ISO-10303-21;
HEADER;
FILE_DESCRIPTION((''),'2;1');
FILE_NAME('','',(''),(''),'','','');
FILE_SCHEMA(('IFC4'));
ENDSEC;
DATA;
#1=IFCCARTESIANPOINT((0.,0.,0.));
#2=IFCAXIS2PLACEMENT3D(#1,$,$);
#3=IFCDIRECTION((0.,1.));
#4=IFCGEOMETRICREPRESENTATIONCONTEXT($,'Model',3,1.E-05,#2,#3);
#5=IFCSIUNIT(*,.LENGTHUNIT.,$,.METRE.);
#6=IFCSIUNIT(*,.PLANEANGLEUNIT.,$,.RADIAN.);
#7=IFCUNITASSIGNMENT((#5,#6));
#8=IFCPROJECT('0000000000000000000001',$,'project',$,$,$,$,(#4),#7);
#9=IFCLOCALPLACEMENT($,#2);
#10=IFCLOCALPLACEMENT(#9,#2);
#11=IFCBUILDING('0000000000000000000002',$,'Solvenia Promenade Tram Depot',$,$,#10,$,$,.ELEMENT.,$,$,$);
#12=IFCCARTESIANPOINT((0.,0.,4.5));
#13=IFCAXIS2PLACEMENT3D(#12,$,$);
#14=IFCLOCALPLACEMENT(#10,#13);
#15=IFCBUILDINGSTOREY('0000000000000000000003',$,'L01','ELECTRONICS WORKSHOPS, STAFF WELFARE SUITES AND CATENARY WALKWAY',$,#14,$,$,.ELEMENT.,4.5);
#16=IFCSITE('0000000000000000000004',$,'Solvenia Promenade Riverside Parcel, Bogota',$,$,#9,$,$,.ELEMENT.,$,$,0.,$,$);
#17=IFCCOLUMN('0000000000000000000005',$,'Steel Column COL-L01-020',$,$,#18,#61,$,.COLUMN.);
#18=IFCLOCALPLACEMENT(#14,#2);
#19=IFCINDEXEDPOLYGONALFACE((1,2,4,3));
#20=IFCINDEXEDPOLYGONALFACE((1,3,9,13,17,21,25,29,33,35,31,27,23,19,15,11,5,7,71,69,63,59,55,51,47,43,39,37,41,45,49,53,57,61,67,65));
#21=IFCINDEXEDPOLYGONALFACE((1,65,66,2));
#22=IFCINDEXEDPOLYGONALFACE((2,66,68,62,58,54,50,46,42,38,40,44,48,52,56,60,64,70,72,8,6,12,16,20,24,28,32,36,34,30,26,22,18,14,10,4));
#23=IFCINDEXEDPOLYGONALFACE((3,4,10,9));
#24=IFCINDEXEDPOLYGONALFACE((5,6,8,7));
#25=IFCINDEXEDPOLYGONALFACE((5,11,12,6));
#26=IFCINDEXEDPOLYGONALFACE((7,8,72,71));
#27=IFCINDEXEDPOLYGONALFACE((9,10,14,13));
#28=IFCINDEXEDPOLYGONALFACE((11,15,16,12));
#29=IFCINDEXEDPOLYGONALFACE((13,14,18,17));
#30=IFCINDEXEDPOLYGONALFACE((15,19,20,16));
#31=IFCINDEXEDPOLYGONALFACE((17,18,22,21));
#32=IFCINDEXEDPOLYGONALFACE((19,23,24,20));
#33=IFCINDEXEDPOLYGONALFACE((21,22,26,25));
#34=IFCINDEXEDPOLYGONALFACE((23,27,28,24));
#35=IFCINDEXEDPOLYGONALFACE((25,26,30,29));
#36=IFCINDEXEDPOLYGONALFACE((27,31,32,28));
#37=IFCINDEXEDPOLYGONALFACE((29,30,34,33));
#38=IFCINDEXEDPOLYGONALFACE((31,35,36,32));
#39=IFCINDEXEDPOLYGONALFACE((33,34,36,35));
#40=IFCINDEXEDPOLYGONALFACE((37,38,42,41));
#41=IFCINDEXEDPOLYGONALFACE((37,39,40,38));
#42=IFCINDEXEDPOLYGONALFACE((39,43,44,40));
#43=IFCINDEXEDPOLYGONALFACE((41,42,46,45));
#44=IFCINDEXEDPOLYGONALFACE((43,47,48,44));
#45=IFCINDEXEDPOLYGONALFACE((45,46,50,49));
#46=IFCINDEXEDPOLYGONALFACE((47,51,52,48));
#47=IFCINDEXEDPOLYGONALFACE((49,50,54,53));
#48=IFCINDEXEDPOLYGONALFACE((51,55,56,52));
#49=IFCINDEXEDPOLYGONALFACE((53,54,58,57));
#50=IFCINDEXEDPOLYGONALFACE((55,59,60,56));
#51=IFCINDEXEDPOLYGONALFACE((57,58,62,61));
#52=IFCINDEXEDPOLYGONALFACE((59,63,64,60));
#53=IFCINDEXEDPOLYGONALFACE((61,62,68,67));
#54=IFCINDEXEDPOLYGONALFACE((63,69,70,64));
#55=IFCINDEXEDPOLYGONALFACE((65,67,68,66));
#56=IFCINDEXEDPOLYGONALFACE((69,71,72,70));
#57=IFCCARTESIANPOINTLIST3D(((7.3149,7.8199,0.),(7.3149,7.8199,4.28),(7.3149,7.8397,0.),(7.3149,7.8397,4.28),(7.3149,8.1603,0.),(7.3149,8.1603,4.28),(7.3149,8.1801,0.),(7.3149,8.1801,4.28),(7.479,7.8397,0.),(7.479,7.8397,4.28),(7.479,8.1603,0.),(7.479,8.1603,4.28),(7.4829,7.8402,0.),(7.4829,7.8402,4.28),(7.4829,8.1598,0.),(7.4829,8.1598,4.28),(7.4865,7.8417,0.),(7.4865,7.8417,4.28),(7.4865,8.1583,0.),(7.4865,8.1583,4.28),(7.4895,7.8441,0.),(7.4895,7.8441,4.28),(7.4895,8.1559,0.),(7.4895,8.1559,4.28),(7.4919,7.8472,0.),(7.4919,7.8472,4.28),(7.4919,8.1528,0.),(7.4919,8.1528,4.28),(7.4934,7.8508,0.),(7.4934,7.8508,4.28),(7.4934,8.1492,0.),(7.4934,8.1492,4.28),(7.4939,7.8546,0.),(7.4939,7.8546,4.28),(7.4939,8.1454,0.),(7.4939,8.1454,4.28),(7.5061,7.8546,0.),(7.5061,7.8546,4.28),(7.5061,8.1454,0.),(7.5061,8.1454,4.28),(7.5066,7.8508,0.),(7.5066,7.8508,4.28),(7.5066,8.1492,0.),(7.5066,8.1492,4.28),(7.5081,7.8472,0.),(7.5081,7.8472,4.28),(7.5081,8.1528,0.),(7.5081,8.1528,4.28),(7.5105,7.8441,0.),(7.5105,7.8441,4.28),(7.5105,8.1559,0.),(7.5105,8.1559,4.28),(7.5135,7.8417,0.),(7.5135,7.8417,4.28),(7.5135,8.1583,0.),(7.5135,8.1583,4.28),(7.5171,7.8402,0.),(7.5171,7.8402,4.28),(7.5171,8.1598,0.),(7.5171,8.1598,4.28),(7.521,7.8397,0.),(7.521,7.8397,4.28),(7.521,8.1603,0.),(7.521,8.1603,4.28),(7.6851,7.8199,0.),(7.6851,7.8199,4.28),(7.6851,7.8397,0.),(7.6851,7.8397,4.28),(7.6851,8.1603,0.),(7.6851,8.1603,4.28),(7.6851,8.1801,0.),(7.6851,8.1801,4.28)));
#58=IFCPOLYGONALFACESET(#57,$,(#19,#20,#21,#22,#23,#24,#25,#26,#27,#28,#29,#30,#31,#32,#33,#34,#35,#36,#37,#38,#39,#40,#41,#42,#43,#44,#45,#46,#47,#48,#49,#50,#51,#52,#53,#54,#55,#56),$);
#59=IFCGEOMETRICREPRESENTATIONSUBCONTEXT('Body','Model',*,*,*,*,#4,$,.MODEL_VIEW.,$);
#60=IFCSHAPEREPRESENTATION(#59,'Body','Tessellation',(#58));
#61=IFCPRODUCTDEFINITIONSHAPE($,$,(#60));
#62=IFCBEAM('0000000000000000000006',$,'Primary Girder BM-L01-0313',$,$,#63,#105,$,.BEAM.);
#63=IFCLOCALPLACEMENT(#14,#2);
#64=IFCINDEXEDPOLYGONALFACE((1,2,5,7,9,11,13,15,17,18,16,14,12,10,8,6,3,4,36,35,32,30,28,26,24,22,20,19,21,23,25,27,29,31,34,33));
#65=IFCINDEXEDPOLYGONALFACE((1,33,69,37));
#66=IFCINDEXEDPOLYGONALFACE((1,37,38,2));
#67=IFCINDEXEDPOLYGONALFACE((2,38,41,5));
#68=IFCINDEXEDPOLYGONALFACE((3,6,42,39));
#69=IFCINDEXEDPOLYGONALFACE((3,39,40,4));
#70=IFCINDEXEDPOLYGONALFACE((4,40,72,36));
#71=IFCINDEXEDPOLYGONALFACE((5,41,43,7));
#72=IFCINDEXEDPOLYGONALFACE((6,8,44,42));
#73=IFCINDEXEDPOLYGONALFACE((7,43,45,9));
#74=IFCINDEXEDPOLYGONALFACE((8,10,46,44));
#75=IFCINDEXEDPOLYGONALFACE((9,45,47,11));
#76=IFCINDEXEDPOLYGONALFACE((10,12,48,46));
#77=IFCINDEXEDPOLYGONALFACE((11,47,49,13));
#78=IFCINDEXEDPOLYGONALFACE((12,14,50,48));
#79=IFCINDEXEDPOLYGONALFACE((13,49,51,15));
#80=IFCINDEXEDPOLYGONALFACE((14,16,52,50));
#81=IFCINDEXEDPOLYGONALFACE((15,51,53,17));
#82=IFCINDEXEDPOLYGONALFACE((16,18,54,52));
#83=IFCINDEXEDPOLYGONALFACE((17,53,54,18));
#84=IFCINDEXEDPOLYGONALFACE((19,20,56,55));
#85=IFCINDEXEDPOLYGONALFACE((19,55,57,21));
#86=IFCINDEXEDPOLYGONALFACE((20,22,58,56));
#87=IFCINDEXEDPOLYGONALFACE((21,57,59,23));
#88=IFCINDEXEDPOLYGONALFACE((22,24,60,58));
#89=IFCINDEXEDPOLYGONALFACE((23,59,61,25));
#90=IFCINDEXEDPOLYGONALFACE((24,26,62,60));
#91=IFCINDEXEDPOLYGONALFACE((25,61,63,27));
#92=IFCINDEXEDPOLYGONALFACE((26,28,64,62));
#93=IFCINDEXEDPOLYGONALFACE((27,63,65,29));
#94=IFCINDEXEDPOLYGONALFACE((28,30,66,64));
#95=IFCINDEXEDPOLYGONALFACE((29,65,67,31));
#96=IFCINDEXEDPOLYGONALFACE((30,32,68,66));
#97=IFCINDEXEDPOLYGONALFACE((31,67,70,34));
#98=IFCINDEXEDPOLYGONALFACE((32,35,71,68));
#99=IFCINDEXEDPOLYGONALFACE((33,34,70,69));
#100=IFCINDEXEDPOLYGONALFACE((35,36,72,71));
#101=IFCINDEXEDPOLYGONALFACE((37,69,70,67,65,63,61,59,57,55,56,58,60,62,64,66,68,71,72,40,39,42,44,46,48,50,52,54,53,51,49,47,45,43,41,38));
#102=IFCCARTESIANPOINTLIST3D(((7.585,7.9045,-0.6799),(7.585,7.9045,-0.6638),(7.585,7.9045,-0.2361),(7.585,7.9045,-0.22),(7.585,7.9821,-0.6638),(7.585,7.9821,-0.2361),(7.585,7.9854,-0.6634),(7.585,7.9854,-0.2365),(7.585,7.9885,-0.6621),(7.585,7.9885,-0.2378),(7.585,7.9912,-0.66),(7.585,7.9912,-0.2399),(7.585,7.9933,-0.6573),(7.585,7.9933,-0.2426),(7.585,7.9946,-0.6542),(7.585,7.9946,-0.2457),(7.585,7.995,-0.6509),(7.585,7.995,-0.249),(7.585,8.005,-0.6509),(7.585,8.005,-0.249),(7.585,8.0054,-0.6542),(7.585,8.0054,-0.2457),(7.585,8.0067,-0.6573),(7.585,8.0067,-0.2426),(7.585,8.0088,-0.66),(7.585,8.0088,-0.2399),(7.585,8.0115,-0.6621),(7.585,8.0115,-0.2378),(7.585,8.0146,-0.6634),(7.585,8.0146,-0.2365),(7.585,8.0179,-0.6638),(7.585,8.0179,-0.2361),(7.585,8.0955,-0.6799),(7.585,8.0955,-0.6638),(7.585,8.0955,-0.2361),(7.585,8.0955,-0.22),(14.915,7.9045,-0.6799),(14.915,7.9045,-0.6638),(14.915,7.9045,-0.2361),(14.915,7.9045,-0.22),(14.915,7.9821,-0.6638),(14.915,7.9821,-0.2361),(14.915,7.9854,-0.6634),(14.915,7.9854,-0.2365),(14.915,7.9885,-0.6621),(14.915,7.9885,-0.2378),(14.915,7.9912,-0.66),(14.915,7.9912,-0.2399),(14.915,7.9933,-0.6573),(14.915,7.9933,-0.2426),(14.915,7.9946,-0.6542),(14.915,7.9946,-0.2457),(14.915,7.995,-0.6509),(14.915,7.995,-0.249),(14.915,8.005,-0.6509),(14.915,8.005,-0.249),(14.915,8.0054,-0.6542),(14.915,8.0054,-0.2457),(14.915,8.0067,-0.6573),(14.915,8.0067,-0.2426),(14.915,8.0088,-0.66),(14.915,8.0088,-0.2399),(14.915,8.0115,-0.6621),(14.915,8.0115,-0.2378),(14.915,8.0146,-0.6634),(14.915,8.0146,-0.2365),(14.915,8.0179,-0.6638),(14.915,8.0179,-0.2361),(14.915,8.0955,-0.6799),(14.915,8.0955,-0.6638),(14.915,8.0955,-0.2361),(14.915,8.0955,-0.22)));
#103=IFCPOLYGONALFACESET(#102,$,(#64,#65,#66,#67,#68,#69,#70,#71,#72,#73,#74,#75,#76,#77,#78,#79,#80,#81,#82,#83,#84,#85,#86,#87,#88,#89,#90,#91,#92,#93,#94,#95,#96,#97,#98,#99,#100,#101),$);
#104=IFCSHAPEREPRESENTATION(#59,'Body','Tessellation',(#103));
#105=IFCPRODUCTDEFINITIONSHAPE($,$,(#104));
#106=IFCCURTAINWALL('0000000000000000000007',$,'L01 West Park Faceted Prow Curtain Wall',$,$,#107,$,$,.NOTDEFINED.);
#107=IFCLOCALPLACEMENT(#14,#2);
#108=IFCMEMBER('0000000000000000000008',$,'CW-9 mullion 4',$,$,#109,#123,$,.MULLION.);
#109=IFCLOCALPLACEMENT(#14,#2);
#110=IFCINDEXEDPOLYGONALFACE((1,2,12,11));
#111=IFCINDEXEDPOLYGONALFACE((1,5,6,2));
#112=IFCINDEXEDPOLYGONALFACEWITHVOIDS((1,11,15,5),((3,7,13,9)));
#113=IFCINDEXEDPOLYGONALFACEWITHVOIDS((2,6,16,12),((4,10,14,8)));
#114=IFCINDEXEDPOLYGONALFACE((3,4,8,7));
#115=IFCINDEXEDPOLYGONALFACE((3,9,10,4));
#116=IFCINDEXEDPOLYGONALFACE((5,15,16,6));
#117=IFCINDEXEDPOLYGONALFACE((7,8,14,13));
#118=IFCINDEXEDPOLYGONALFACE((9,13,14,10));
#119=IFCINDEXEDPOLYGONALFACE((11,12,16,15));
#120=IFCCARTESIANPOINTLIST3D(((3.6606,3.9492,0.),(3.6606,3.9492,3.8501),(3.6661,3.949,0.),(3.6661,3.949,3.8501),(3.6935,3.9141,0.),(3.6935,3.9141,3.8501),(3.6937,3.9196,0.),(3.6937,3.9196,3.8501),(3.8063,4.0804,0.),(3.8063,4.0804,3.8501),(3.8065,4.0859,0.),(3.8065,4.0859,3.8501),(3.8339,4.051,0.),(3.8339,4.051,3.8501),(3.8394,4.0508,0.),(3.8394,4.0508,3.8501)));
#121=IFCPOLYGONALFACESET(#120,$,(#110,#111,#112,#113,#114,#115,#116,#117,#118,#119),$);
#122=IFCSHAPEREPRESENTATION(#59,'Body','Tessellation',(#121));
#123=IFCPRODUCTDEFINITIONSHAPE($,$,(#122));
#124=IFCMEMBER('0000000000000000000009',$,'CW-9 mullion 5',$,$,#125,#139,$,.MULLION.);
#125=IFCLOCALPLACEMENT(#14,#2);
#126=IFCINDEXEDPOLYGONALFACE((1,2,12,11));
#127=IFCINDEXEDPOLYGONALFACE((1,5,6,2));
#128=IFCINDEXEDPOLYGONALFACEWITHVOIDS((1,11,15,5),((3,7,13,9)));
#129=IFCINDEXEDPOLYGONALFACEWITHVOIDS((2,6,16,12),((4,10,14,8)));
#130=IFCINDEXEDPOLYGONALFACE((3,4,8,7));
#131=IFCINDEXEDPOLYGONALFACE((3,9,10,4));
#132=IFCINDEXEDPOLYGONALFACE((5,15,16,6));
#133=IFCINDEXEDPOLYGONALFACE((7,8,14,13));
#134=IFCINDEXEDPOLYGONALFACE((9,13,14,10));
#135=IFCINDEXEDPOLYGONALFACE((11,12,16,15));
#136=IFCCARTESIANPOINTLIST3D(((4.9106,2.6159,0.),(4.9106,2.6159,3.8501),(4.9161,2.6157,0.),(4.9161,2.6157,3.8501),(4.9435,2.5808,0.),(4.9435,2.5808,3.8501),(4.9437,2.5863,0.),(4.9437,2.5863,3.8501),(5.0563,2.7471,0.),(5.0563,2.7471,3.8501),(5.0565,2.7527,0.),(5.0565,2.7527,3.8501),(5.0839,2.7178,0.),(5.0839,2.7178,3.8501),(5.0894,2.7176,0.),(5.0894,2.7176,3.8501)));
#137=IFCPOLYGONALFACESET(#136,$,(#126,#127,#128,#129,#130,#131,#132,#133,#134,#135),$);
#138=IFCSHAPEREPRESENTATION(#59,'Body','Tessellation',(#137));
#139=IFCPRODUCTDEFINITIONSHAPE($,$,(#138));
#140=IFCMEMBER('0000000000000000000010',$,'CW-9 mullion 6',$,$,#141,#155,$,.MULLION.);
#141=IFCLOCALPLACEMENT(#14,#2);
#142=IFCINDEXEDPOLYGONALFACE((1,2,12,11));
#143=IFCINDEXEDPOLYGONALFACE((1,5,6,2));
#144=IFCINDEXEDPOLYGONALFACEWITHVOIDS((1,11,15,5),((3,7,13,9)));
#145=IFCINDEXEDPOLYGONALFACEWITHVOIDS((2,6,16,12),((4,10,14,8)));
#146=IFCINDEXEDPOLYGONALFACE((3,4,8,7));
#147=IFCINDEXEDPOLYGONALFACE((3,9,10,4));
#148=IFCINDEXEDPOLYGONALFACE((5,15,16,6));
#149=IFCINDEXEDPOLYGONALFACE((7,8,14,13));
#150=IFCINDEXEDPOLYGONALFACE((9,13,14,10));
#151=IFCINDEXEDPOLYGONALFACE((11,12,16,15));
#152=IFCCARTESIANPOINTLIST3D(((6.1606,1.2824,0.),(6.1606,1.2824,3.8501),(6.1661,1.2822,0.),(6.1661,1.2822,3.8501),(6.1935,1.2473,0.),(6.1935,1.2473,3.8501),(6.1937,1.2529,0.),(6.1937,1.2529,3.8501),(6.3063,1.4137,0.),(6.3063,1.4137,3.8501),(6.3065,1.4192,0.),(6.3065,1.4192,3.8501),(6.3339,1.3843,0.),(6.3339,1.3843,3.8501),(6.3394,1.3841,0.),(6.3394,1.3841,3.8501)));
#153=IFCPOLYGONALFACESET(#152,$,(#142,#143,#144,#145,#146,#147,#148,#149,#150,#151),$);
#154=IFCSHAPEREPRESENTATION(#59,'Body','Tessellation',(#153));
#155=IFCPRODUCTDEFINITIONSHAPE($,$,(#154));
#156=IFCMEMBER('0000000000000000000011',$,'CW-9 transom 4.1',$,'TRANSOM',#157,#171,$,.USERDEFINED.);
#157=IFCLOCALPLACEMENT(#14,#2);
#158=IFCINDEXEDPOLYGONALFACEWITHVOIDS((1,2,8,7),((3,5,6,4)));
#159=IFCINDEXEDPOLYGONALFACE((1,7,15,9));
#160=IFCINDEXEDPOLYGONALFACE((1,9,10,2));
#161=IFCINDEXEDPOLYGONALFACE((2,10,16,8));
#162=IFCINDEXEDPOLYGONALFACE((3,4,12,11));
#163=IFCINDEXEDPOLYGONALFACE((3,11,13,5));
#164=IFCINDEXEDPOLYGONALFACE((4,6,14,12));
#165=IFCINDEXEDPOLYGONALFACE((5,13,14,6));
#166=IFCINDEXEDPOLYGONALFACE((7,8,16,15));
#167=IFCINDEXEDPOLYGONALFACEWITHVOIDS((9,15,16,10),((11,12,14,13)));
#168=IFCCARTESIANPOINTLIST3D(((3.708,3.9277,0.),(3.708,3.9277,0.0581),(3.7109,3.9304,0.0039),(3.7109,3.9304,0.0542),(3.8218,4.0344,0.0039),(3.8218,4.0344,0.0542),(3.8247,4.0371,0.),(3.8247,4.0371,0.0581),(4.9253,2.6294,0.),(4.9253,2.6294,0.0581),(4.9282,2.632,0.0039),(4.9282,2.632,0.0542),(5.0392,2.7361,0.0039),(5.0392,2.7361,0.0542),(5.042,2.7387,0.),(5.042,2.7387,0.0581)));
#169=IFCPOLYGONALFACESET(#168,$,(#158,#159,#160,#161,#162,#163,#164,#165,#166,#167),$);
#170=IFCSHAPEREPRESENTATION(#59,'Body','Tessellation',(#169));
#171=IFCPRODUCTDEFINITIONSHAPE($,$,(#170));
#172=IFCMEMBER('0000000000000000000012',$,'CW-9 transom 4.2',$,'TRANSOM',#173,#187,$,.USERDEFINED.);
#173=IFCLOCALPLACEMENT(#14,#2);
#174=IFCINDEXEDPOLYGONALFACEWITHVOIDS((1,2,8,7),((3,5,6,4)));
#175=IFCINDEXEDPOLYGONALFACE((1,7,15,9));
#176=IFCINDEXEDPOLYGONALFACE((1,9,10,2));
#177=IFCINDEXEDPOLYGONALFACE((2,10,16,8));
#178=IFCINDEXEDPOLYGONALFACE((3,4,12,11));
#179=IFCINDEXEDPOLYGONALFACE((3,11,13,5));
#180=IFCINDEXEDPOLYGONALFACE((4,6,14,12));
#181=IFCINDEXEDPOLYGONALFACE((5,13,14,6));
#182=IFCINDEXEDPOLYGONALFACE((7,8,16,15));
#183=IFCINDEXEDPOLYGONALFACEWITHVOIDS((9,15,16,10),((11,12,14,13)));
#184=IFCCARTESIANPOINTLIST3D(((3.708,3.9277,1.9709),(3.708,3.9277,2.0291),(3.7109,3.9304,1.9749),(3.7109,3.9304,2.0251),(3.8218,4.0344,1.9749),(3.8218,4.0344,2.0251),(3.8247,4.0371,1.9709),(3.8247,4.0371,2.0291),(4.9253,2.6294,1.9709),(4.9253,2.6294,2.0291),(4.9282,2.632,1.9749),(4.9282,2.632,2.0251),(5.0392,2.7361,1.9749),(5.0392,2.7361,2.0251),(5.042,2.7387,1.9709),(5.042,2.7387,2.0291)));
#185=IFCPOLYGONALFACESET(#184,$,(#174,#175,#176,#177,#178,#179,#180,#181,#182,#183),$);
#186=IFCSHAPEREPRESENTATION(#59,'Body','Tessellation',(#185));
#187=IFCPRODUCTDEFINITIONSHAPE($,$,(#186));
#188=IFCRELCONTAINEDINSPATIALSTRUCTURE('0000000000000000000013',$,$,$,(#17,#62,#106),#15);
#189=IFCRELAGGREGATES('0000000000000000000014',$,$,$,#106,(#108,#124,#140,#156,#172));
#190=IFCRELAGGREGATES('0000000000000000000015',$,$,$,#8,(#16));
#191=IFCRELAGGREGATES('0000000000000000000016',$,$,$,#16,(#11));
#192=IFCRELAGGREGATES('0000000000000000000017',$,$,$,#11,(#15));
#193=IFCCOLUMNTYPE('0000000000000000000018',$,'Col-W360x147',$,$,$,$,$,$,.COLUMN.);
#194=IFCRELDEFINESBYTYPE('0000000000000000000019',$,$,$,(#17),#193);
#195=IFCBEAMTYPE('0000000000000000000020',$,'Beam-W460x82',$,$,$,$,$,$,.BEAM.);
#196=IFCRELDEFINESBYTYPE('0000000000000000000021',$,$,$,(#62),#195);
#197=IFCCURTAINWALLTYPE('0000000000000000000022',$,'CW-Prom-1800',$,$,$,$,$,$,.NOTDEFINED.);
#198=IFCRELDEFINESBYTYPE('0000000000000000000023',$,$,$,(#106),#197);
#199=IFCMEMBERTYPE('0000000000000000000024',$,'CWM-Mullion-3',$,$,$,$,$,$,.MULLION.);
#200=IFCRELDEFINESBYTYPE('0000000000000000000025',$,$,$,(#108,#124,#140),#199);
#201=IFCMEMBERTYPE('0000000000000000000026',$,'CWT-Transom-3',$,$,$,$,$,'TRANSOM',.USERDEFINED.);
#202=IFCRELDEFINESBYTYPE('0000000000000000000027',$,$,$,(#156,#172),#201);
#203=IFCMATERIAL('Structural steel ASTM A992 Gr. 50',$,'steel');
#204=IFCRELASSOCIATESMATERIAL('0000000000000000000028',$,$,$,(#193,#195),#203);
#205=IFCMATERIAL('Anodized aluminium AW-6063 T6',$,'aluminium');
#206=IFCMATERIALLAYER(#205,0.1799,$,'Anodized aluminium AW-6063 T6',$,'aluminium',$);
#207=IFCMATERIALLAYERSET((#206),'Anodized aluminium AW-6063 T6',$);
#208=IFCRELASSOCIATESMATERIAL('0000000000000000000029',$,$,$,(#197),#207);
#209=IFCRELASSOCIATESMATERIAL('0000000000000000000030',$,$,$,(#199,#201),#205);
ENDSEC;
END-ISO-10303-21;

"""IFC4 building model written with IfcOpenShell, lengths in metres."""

from ifc_helpers import new_model, si_unit, direction, frame, origin, origin_2d, place, context, subcontext, project, spatial, hollow_rectangle, i_section, extrude, material, layer, layer_set, material_profile, profile_set, type_object, element, aggregate, save


model = new_model("IFC4")

# Units and contexts
model_context = context("Model", 3, precision=1e-05, world=origin(), true_north=direction((0.0, 1.0)))
body_context = subcontext(model_context, "Body", "Model", "MODEL_VIEW")
ifc_project = project(units=[si_unit("LENGTHUNIT", "METRE"), si_unit("PLANEANGLEUNIT", "RADIAN")], contexts=[model_context])

# Site, building, storey
site_placement = place(None, origin())
site = spatial("IfcSite", under=ifc_project, at=site_placement, Name="Solvenia Promenade Riverside Parcel, Bogota", CompositionType="ELEMENT", RefElevation=0.0)
building_placement = place(site_placement, origin())
building = spatial("IfcBuilding", under=site, at=building_placement, Name="Solvenia Promenade Tram Depot", CompositionType="ELEMENT")
storey_placement = place(building_placement, frame((0.0, 0.0, 4.5)))
storey = spatial("IfcBuildingStorey", under=building, at=storey_placement, Name="L01", Description="ELECTRONICS WORKSHOPS, STAFF WELFARE SUITES AND CATENARY WALKWAY", CompositionType="ELEMENT", Elevation=4.5)

# Column
ifc_material_1 = material(Name="Structural steel ASTM A992 Gr. 50", Category="steel")
ifc_material_profile_1 = material_profile(ifc_material_1, i_section(OverallWidth=0.3701, OverallDepth=0.3601, WebThickness=0.0122, FlangeThickness=0.0198, FilletRadius=0.0149, at=origin_2d()), Name="W360x147", Category="steel")
ifc_profile_set_1 = profile_set([ifc_material_profile_1], Name="Structural steel ASTM A992 Gr. 50")
column_type = type_object("IfcColumnType", Name="Col-W360x147", PredefinedType="COLUMN", material=ifc_profile_set_1)
column_placement = place(storey_placement, frame((7.5, 8.0, 0.0), z_axis=(0.0, 0.0, 1.0), x_axis=(1.0, 0.0, 0.0)))
element("IfcColumn", 1, at=column_placement, inside=storey, type_object=column_type, Name="Steel Column COL-L01-020", PredefinedType="COLUMN", context=body_context, shape_type="SweptSolid", body=[
    extrude(i_section(OverallWidth=0.3701, OverallDepth=0.3601, WebThickness=0.0122, FlangeThickness=0.0198, FilletRadius=0.0149, at=origin_2d()), origin(), (0.0, 0.0, 1.0), 4.28),
])

# Beam
ifc_material_profile_2 = material_profile(ifc_material_1, i_section(OverallWidth=0.1909, OverallDepth=0.46, WebThickness=0.01, FlangeThickness=0.0161, FilletRadius=0.0129, at=origin_2d()), Name="W460x82", Category="steel")
ifc_profile_set_2 = profile_set([ifc_material_profile_2], Name="Structural steel ASTM A992 Gr. 50")
beam_type_1 = type_object("IfcBeamType", Name="Beam-W460x82", PredefinedType="BEAM", material=ifc_profile_set_2)
beam_1_placement = place(storey_placement, frame((7.585, 8.0, -0.45), z_axis=(1.0, 0.0, 0.0), x_axis=(0.0, 1.0, 0.0)))
element("IfcBeam", 2, at=beam_1_placement, inside=storey, type_object=beam_type_1, Name="Primary Girder BM-L01-0313", PredefinedType="BEAM", context=body_context, shape_type="SweptSolid", body=[
    extrude(i_section(OverallWidth=0.1909, OverallDepth=0.46, WebThickness=0.01, FlangeThickness=0.0161, FilletRadius=0.0129, at=origin_2d()), origin(), (0.0, 0.0, 1.0), 7.3301),
])

# Curtain wall, members
ifc_material_2 = material(Name="Anodized aluminium AW-6063 T6", Category="aluminium")
ifc_layer_1 = layer(ifc_material_2, 0.1799, Name="Anodized aluminium AW-6063 T6", Category="aluminium")
ifc_layer_set_1 = layer_set([ifc_layer_1], Name="Anodized aluminium AW-6063 T6")
curtain_wall_type = type_object("IfcCurtainWallType", Name="CW-Prom-1800", PredefinedType="NOTDEFINED", material=ifc_layer_set_1)
curtain_wall_placement = place(storey_placement, origin())
curtain_wall = element("IfcCurtainWall", 3, at=curtain_wall_placement, inside=storey, type_object=curtain_wall_type, Name="L01 West Park Faceted Prow Curtain Wall", PredefinedType="NOTDEFINED")
ifc_material_profile_3 = material_profile(ifc_material_2, hollow_rectangle(XDim=0.2, YDim=0.0481, WallThickness=0.0039, at=origin_2d()), Name="ALU-M3", Category="aluminium")
ifc_profile_set_3 = profile_set([ifc_material_profile_3], Name="Anodized aluminium AW-6063 T6")
member_type_1 = type_object("IfcMemberType", Name="CWM-Mullion-3", PredefinedType="MULLION", material=ifc_profile_set_3)
member_1_placement = place(storey_placement, frame((3.75, 4.0, 0.0), z_axis=(0.0, 0.0, 1.0), x_axis=(0.729537, 0.683941, 0.0)))
member_1 = element("IfcMember", 4, at=member_1_placement, type_object=member_type_1, Name="CW-9 mullion 4", PredefinedType="MULLION", context=body_context, shape_type="SweptSolid", body=[
    extrude(hollow_rectangle(XDim=0.2, YDim=0.0481, WallThickness=0.0039, at=origin_2d()), origin(), (0.0, 0.0, 1.0), 3.8501),
])
member_2_placement = place(storey_placement, frame((5.0, 2.6667, 0.0), z_axis=(0.0, 0.0, 1.0), x_axis=(0.729537, 0.683941, 0.0)))
member_2 = element("IfcMember", 5, at=member_2_placement, type_object=member_type_1, Name="CW-9 mullion 5", PredefinedType="MULLION", context=body_context, shape_type="SweptSolid", body=[
    extrude(hollow_rectangle(XDim=0.2, YDim=0.0481, WallThickness=0.0039, at=origin_2d()), origin(), (0.0, 0.0, 1.0), 3.8501),
])
member_3_placement = place(storey_placement, frame((6.25, 1.3333, 0.0), z_axis=(0.0, 0.0, 1.0), x_axis=(0.729537, 0.683941, 0.0)))
member_3 = element("IfcMember", 6, at=member_3_placement, type_object=member_type_1, Name="CW-9 mullion 6", PredefinedType="MULLION", context=body_context, shape_type="SweptSolid", body=[
    extrude(hollow_rectangle(XDim=0.2, YDim=0.0481, WallThickness=0.0039, at=origin_2d()), origin(), (0.0, 0.0, 1.0), 3.8501),
])
ifc_material_profile_4 = material_profile(ifc_material_2, hollow_rectangle(XDim=0.1599, YDim=0.0581, WallThickness=0.0039, at=origin_2d()), Name="ALU-T3", Category="aluminium")
ifc_profile_set_4 = profile_set([ifc_material_profile_4], Name="Anodized aluminium AW-6063 T6")
member_type_2 = type_object("IfcMemberType", Name="CWT-Transom-3", ElementType="TRANSOM", PredefinedType="USERDEFINED", material=ifc_profile_set_4)
member_4_placement = place(storey_placement, frame((3.7664, 3.9824, 0.0291), z_axis=(0.683969, -0.729512, 0.0), x_axis=(0.729512, 0.683969, 0.0)))
member_4 = element("IfcMember", 7, at=member_4_placement, type_object=member_type_2, Name="CW-9 transom 4.1", ObjectType="TRANSOM", PredefinedType="USERDEFINED", context=body_context, shape_type="SweptSolid", body=[
    extrude(hollow_rectangle(XDim=0.1599, YDim=0.0581, WallThickness=0.0039, at=origin_2d()), origin(), (0.0, 0.0, 1.0), 1.7798),
])
member_5_placement = place(storey_placement, frame((3.7664, 3.9824, 2.0), z_axis=(0.683969, -0.729512, 0.0), x_axis=(0.729512, 0.683969, 0.0)))
member_5 = element("IfcMember", 8, at=member_5_placement, type_object=member_type_2, Name="CW-9 transom 4.2", ObjectType="TRANSOM", PredefinedType="USERDEFINED", context=body_context, shape_type="SweptSolid", body=[
    extrude(hollow_rectangle(XDim=0.1599, YDim=0.0581, WallThickness=0.0039, at=origin_2d()), origin(), (0.0, 0.0, 1.0), 1.7798),
])

aggregate(curtain_wall, [member_1, member_2, member_3, member_4, member_5])

save(model, "model.ifc")
